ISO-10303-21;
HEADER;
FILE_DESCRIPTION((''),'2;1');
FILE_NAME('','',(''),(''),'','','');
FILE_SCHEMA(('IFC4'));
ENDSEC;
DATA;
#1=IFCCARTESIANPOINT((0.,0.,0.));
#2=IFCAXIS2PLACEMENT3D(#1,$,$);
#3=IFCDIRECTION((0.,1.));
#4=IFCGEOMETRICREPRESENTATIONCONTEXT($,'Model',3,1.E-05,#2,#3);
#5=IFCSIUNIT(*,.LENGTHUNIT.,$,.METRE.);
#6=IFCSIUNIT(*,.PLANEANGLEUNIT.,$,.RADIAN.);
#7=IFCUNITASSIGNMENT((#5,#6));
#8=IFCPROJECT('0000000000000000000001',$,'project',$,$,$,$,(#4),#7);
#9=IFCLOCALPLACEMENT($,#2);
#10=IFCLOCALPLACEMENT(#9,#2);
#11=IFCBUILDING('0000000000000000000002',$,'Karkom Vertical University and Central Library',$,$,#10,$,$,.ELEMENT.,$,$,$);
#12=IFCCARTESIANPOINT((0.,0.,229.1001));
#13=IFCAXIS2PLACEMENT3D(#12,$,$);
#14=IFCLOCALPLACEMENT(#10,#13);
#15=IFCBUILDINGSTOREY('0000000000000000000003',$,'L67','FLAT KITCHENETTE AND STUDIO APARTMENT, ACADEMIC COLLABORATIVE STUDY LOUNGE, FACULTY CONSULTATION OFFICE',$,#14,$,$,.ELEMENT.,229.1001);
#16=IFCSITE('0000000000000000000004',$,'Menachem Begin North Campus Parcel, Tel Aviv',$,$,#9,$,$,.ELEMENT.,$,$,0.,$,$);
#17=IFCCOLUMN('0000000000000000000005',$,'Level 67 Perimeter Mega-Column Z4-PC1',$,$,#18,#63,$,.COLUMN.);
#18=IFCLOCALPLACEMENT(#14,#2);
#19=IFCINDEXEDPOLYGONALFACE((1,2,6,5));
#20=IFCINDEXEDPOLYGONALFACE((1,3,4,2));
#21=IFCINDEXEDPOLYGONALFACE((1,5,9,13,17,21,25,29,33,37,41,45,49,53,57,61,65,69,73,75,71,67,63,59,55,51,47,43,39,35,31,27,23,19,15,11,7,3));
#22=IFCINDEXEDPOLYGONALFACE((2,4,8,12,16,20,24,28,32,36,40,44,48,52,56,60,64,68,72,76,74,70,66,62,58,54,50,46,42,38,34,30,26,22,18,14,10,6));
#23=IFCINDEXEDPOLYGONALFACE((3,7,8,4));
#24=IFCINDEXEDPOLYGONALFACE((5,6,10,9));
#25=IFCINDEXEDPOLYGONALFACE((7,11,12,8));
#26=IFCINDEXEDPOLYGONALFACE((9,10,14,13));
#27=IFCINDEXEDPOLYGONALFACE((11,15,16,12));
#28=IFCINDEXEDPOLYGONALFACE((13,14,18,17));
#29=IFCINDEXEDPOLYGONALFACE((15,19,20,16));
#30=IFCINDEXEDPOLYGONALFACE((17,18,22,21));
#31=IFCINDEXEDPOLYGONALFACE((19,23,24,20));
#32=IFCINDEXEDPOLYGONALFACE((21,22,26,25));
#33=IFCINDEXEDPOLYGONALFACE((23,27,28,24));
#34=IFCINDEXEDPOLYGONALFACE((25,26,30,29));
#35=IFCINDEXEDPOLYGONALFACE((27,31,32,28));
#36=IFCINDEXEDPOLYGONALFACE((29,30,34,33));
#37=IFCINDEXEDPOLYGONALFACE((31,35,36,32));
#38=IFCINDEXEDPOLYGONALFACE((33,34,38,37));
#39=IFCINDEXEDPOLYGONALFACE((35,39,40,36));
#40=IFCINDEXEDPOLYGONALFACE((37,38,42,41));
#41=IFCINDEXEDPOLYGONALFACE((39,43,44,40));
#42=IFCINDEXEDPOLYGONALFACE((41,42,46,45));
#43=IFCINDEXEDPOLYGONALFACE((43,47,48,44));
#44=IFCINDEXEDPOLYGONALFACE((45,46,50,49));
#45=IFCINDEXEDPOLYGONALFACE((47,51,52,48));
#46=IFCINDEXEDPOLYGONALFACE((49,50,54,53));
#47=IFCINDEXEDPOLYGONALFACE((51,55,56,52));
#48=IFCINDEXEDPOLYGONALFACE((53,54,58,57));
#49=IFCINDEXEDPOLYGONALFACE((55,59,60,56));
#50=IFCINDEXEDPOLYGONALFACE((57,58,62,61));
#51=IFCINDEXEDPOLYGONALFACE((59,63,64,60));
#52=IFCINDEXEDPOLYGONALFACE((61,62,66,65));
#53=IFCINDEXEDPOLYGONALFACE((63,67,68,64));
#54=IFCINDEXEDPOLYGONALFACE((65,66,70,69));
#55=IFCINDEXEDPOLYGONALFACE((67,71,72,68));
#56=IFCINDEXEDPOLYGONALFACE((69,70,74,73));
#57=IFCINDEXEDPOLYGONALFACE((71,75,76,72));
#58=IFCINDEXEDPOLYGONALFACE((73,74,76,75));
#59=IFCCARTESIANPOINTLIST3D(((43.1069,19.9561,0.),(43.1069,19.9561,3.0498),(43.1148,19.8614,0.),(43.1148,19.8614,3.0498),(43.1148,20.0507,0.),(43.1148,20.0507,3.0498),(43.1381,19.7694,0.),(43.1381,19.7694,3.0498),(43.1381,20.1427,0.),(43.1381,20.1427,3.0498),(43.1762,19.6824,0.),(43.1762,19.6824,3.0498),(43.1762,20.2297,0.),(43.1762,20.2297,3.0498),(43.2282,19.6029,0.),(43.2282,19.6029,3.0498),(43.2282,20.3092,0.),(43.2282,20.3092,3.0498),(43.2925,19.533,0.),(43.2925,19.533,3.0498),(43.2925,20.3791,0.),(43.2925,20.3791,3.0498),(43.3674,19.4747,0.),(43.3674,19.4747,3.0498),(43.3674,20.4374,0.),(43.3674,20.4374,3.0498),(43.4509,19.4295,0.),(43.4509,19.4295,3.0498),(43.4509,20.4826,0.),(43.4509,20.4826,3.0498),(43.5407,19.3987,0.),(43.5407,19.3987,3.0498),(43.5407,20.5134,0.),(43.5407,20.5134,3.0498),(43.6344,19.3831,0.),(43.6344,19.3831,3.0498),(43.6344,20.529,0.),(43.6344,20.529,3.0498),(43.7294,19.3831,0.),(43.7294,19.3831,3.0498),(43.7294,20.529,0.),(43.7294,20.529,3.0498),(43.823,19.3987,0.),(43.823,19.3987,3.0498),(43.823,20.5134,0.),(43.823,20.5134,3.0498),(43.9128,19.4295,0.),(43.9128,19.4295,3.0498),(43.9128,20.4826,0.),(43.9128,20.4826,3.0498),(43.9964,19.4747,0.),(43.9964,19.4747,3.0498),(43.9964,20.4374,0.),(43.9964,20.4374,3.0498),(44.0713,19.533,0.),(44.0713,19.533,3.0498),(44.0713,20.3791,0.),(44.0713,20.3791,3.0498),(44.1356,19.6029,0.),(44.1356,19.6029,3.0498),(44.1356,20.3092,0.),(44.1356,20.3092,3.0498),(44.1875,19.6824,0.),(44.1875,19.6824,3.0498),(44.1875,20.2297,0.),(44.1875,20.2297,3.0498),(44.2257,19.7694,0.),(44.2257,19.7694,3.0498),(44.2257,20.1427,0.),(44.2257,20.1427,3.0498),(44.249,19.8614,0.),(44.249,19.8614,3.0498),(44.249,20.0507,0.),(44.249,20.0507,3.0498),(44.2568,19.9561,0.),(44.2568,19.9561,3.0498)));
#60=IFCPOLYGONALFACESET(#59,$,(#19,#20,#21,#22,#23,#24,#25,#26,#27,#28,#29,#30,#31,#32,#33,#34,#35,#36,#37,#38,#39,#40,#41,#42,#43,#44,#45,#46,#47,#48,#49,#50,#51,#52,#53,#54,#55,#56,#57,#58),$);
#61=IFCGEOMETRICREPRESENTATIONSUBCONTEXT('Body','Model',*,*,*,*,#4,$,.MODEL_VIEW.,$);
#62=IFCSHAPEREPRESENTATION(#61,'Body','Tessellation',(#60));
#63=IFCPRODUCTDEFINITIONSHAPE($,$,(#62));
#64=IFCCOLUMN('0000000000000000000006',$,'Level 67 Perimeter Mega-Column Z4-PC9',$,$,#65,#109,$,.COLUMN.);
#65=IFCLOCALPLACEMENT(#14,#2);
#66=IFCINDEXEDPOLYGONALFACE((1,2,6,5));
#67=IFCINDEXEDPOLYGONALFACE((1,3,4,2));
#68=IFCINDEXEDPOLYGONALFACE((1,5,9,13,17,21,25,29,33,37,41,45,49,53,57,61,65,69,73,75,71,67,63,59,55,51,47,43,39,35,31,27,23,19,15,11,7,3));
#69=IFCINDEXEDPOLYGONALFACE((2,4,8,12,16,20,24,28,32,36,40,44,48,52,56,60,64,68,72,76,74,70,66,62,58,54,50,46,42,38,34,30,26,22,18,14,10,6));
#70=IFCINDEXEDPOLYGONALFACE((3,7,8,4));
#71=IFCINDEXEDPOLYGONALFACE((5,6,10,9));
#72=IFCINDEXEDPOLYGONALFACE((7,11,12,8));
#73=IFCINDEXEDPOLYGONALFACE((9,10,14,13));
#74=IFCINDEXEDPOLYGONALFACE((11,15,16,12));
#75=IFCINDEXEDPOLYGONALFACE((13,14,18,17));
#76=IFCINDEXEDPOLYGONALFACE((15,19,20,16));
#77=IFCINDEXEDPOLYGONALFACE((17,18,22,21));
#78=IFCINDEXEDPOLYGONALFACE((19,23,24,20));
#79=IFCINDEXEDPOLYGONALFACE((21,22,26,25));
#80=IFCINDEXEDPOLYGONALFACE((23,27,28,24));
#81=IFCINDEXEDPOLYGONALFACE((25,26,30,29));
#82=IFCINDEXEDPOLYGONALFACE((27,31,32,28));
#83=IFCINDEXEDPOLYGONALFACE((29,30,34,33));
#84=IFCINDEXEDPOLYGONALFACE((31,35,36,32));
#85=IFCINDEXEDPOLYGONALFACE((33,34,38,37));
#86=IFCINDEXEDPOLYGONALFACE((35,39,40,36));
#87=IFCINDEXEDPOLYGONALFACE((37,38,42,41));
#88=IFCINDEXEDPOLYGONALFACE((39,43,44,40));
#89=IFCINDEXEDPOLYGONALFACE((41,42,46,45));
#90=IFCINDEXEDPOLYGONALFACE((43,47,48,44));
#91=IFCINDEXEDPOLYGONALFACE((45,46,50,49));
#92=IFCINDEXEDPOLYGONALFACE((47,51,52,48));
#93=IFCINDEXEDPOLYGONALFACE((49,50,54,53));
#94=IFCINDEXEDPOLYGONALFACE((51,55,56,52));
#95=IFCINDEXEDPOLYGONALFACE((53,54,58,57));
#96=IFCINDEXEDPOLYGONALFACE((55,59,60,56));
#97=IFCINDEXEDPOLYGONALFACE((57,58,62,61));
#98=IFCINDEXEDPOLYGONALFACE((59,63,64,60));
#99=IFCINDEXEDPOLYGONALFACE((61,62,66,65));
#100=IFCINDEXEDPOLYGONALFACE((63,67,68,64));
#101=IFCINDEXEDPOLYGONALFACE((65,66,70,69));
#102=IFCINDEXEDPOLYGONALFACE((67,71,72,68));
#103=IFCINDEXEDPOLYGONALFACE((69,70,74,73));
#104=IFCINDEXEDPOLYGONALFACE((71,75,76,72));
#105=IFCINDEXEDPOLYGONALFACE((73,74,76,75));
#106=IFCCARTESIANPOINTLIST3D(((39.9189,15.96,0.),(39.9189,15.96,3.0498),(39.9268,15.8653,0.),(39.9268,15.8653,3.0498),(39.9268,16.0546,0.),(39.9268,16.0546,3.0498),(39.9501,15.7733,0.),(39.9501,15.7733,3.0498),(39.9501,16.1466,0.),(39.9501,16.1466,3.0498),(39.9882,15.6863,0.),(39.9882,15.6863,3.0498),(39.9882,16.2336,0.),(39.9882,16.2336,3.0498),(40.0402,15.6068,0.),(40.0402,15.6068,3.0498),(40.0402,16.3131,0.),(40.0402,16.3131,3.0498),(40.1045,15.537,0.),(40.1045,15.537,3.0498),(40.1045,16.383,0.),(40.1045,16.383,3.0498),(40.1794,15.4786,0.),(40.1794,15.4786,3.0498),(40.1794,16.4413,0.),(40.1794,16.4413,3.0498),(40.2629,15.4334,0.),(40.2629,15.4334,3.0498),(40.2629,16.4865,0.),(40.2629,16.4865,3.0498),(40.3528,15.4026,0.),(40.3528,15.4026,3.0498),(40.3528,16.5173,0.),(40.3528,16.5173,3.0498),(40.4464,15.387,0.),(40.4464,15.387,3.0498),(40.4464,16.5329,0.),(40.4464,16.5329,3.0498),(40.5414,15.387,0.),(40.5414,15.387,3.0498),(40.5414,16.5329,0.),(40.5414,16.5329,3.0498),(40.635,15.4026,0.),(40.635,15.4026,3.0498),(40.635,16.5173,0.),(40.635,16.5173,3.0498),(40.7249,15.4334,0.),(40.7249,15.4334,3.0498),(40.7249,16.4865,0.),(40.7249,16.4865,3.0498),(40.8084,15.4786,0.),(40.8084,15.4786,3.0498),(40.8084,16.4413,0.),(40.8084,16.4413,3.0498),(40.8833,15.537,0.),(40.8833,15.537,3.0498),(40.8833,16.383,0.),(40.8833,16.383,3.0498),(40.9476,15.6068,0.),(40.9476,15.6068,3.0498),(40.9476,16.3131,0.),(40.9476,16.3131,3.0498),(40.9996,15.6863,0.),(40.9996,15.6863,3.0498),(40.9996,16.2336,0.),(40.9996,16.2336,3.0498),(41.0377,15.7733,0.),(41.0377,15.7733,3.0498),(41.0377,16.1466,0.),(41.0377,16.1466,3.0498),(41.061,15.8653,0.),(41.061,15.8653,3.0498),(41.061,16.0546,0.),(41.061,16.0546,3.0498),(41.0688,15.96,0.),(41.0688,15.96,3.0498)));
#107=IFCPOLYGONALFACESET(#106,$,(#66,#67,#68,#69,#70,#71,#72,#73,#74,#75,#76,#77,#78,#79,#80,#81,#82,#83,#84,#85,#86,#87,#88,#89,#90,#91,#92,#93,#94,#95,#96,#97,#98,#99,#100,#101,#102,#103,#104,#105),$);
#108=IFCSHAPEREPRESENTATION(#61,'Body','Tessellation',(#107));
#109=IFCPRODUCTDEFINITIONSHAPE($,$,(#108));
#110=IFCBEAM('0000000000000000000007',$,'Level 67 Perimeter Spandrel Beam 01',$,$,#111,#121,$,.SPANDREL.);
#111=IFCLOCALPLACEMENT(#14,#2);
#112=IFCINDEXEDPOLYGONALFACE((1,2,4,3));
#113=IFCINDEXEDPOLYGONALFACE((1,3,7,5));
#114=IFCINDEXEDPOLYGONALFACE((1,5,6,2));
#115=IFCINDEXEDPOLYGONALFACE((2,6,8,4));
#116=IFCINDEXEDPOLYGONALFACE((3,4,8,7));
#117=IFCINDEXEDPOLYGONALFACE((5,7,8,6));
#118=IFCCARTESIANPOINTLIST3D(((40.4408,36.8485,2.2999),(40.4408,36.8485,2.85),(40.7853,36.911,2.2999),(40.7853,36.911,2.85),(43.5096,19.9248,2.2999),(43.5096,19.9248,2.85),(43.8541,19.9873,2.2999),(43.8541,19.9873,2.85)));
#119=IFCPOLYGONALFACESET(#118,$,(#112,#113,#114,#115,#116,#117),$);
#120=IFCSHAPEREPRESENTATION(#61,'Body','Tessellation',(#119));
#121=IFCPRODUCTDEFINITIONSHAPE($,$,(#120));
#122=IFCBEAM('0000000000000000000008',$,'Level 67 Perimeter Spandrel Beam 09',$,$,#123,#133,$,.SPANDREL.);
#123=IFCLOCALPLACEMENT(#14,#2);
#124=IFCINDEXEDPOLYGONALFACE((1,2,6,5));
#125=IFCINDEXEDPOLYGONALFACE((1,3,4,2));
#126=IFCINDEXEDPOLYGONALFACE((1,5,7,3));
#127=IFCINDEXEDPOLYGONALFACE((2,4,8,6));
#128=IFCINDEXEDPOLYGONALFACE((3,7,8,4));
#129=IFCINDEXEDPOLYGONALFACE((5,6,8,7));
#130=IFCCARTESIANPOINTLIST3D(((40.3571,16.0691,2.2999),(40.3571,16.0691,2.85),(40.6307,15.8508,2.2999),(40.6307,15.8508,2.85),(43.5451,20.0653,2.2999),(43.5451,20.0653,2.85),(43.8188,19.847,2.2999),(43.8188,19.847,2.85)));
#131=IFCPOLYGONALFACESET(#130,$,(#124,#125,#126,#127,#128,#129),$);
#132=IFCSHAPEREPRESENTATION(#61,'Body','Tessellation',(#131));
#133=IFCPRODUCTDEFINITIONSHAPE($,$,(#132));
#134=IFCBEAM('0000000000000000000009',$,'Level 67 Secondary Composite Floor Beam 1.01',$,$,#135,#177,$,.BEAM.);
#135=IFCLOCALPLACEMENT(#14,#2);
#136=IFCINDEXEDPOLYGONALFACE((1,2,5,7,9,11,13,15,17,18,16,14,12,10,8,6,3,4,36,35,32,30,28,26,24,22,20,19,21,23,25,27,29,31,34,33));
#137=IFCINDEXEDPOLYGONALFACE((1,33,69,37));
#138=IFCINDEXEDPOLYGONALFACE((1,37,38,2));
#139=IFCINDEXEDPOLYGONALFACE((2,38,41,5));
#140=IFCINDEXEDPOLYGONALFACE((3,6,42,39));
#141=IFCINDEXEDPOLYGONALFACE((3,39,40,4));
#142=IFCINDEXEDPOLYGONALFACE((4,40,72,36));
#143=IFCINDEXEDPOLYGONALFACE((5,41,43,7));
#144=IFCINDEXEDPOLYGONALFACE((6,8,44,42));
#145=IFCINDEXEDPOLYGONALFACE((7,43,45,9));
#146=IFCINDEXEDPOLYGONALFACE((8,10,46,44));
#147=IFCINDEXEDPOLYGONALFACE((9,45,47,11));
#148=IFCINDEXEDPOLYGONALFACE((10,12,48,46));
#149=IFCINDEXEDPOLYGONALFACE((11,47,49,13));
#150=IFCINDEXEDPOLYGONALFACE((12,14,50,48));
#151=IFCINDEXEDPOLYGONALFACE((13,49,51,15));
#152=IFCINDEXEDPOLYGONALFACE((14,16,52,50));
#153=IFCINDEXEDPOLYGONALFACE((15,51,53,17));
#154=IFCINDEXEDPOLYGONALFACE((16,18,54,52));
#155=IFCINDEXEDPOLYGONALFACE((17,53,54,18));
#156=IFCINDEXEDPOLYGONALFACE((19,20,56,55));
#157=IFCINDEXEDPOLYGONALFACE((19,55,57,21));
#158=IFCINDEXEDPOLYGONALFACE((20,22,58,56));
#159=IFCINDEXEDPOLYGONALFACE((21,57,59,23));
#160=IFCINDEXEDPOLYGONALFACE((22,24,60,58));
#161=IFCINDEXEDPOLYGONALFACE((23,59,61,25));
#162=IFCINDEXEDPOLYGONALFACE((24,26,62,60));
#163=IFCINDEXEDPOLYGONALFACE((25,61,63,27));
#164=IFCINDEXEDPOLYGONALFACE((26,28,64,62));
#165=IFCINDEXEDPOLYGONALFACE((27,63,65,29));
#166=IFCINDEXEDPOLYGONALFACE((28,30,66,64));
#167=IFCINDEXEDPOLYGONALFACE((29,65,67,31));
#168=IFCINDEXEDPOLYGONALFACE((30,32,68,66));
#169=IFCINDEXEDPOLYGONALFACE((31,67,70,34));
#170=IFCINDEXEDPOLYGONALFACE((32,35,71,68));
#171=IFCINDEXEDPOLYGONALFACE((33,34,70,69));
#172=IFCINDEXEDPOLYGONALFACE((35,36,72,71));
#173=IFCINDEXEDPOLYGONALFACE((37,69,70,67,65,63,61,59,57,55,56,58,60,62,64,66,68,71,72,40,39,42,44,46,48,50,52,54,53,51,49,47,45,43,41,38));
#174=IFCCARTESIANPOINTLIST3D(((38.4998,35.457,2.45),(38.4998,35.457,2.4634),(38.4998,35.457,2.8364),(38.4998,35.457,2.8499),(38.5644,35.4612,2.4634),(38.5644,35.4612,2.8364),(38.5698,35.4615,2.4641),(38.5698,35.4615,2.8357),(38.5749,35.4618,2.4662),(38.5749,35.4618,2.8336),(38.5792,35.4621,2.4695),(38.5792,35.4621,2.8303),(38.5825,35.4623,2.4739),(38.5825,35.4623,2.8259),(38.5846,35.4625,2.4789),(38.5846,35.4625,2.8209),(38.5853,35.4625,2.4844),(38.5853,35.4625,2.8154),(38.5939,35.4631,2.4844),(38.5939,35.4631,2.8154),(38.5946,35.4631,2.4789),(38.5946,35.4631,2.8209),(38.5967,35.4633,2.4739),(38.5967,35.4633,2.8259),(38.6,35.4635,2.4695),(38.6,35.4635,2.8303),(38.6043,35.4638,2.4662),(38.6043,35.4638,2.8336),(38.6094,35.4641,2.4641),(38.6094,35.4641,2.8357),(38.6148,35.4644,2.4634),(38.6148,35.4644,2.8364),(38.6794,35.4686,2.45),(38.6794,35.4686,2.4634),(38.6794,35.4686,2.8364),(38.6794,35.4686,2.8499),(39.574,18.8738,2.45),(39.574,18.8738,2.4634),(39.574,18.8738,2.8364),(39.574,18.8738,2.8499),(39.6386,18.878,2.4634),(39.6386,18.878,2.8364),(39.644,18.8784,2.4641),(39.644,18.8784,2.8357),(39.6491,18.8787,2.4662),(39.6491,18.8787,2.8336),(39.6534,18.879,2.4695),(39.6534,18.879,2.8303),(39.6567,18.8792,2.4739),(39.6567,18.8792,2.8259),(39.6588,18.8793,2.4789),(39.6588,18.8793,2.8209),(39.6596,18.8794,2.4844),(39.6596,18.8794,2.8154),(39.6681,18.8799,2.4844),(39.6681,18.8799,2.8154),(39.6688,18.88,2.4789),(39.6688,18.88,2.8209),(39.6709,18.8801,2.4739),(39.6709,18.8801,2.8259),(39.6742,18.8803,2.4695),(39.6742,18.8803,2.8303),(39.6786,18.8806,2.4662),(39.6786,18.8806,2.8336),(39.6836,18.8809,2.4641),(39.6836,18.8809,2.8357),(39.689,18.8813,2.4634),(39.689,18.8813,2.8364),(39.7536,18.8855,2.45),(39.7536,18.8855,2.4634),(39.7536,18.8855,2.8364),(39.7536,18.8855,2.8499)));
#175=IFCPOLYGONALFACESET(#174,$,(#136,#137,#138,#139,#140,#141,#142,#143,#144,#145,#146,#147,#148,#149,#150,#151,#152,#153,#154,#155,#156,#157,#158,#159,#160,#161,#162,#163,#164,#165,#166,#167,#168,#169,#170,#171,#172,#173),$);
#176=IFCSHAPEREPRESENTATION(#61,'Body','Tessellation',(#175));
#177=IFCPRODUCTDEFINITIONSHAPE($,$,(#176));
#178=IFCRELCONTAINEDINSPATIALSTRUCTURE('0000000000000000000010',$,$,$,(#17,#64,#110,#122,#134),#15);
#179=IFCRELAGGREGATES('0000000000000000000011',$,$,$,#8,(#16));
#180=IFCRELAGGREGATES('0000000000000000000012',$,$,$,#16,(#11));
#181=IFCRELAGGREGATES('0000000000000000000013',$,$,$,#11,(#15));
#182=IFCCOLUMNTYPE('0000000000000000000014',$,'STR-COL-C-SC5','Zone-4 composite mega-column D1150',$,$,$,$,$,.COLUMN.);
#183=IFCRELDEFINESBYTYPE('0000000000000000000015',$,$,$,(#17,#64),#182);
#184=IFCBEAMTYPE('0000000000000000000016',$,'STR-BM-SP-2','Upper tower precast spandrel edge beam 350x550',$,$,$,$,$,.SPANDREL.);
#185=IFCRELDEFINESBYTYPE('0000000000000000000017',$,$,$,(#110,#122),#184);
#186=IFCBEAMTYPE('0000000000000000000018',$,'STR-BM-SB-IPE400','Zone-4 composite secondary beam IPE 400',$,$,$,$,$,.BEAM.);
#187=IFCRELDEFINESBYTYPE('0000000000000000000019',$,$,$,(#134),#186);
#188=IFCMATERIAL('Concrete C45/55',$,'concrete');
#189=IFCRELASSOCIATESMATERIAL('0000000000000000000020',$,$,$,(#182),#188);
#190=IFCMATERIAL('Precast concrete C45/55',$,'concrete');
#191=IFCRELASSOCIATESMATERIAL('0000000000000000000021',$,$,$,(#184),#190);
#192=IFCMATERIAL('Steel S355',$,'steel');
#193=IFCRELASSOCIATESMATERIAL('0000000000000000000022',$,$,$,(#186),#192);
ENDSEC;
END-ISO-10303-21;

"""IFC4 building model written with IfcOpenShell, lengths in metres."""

from ifc_helpers import new_model, si_unit, direction, frame, origin, origin_with_axes, origin_2d, place, context, subcontext, project, spatial, rectangle, circle, i_section, extrude, source, transform, mapped, material, material_profile, profile_set, type_object, element, save


model = new_model("IFC4")

# Units and contexts
model_context = context("Model", 3, precision=1e-05, world=origin(), true_north=direction((0.0, 1.0)))
body_context = subcontext(model_context, "Body", "Model", "MODEL_VIEW")
ifc_project = project(units=[si_unit("LENGTHUNIT", "METRE"), si_unit("PLANEANGLEUNIT", "RADIAN")], contexts=[model_context])

# Site, building, storey
site_placement = place(None, origin())
site = spatial("IfcSite", under=ifc_project, at=site_placement, Name="Menachem Begin North Campus Parcel, Tel Aviv", CompositionType="ELEMENT", RefElevation=0.0)
building_placement = place(site_placement, origin())
building = spatial("IfcBuilding", under=site, at=building_placement, Name="Karkom Vertical University and Central Library", CompositionType="ELEMENT")
storey_placement = place(building_placement, frame((0.0, 0.0, 229.1001)))
storey = spatial("IfcBuildingStorey", under=building, at=storey_placement, Name="L67", Description="FLAT KITCHENETTE AND STUDIO APARTMENT, ACADEMIC COLLABORATIVE STUDY LOUNGE, FACULTY CONSULTATION OFFICE", CompositionType="ELEMENT", Elevation=229.1001)

# Columns
ifc_material_1 = material(Name="Concrete C45/55", Category="concrete")
ifc_material_profile_1 = material_profile(ifc_material_1, circle(Radius=0.575, at=origin_2d()), Name="CFT-D1150")
ifc_profile_set_1 = profile_set([ifc_material_profile_1], Name="Concrete C45/55")
column_type = type_object("IfcColumnType", Name="STR-COL-C-SC5", Description="Zone-4 composite mega-column D1150", PredefinedType="COLUMN", material=ifc_profile_set_1)
shared_shape_1 = source(origin_with_axes(), body_context, "Body", "SweptSolid", [
    extrude(circle(Radius=0.575, at=origin_2d()), origin(), (0.0, 0.0, 1.0), 3.0498),
])
for number, where, z_axis, x_axis, name in (
    (1, (43.6819, 19.9561, 0.0), (0.0, 0.0, 1.0), (1.0, 0.0, 0.0), "Level 67 Perimeter Mega-Column Z4-PC1"),
    (2, (40.4939, 15.96, 0.0), (0.0, 0.0, 1.0), (1.0, 0.0, 0.0), "Level 67 Perimeter Mega-Column Z4-PC9"),
):
    element("IfcColumn", number, at=place(storey_placement, frame(where, z_axis=z_axis, x_axis=x_axis)), inside=storey, type_object=column_type, Name=name, PredefinedType="COLUMN", context=body_context, shape_type="MappedRepresentation", body=[
        mapped(shared_shape_1, transform((0.0, 0.0, 0.0), scale=1.0)),
    ])

# Beams
ifc_material_2 = material(Name="Precast concrete C45/55", Category="concrete")
ifc_material_profile_2 = material_profile(ifc_material_2, rectangle(XDim=0.3501, YDim=0.55, at=origin_2d()), Name="SPB-350x550")
ifc_profile_set_2 = profile_set([ifc_material_profile_2], Name="Precast concrete C45/55")
beam_type_1 = type_object("IfcBeamType", Name="STR-BM-SP-2", Description="Upper tower precast spandrel edge beam 350x550", PredefinedType="SPANDREL", material=ifc_profile_set_2)
shared_shape_2 = source(origin_with_axes(), body_context, "Body", "SweptSolid", [
    extrude(rectangle(XDim=0.3501, YDim=0.55, at=origin_2d()), origin(), (0.0, 0.0, 1.0), 17.1997),
])
beam_1_placement = place(storey_placement, frame((43.6819, 19.9561, 2.575), z_axis=(-0.178423, 0.983954, 0.0), x_axis=(-0.983954, -0.178423, 0.0)))
element("IfcBeam", 3, at=beam_1_placement, inside=storey, type_object=beam_type_1, Name="Level 67 Perimeter Spandrel Beam 01", PredefinedType="SPANDREL", context=body_context, shape_type="MappedRepresentation", body=[
    mapped(shared_shape_2, transform((0.0, 0.0, 0.0), scale=1.0)),
])
shared_shape_3 = source(origin_with_axes(), body_context, "Body", "SweptSolid", [
    extrude(rectangle(XDim=0.3501, YDim=0.55, at=origin_2d()), origin(), (0.0, 0.0, 1.0), 5.1121),
])
beam_2_placement = place(storey_placement, frame((40.4939, 15.96, 2.575), z_axis=(0.623634, 0.781716, 0.0), x_axis=(-0.781716, 0.623634, 0.0)))
element("IfcBeam", 4, at=beam_2_placement, inside=storey, type_object=beam_type_1, Name="Level 67 Perimeter Spandrel Beam 09", PredefinedType="SPANDREL", context=body_context, shape_type="MappedRepresentation", body=[
    mapped(shared_shape_3, transform((0.0, 0.0, 0.0), scale=1.0)),
])
ifc_material_3 = material(Name="Steel S355", Category="steel")
ifc_material_profile_3 = material_profile(ifc_material_3, i_section(OverallWidth=0.1799, OverallDepth=0.3999, WebThickness=0.0085, FlangeThickness=0.0134, FilletRadius=0.021, at=origin_2d()), Name="IPE 400")
ifc_profile_set_3 = profile_set([ifc_material_profile_3], Name="Steel S355")
beam_type_2 = type_object("IfcBeamType", Name="STR-BM-SB-IPE400", Description="Zone-4 composite secondary beam IPE 400", PredefinedType="BEAM", material=ifc_profile_set_3)
shared_shape_4 = source(origin_with_axes(), body_context, "Body", "SweptSolid", [
    extrude(i_section(OverallWidth=0.1799, OverallDepth=0.3999, WebThickness=0.0085, FlangeThickness=0.0134, FilletRadius=0.021, at=origin_2d()), origin(), (0.0, 0.0, 1.0), 16.6179),
])
beam_3_placement = place(storey_placement, frame((39.6638, 18.8796, 2.6499), z_axis=(-0.064642, 0.997909, 0.0), x_axis=(-0.997909, -0.064642, 0.0)))
element("IfcBeam", 5, at=beam_3_placement, inside=storey, type_object=beam_type_2, Name="Level 67 Secondary Composite Floor Beam 1.01", PredefinedType="BEAM", context=body_context, shape_type="MappedRepresentation", body=[
    mapped(shared_shape_4, transform((0.0, 0.0, 0.0), scale=1.0)),
])

save(model, "model.ifc")
